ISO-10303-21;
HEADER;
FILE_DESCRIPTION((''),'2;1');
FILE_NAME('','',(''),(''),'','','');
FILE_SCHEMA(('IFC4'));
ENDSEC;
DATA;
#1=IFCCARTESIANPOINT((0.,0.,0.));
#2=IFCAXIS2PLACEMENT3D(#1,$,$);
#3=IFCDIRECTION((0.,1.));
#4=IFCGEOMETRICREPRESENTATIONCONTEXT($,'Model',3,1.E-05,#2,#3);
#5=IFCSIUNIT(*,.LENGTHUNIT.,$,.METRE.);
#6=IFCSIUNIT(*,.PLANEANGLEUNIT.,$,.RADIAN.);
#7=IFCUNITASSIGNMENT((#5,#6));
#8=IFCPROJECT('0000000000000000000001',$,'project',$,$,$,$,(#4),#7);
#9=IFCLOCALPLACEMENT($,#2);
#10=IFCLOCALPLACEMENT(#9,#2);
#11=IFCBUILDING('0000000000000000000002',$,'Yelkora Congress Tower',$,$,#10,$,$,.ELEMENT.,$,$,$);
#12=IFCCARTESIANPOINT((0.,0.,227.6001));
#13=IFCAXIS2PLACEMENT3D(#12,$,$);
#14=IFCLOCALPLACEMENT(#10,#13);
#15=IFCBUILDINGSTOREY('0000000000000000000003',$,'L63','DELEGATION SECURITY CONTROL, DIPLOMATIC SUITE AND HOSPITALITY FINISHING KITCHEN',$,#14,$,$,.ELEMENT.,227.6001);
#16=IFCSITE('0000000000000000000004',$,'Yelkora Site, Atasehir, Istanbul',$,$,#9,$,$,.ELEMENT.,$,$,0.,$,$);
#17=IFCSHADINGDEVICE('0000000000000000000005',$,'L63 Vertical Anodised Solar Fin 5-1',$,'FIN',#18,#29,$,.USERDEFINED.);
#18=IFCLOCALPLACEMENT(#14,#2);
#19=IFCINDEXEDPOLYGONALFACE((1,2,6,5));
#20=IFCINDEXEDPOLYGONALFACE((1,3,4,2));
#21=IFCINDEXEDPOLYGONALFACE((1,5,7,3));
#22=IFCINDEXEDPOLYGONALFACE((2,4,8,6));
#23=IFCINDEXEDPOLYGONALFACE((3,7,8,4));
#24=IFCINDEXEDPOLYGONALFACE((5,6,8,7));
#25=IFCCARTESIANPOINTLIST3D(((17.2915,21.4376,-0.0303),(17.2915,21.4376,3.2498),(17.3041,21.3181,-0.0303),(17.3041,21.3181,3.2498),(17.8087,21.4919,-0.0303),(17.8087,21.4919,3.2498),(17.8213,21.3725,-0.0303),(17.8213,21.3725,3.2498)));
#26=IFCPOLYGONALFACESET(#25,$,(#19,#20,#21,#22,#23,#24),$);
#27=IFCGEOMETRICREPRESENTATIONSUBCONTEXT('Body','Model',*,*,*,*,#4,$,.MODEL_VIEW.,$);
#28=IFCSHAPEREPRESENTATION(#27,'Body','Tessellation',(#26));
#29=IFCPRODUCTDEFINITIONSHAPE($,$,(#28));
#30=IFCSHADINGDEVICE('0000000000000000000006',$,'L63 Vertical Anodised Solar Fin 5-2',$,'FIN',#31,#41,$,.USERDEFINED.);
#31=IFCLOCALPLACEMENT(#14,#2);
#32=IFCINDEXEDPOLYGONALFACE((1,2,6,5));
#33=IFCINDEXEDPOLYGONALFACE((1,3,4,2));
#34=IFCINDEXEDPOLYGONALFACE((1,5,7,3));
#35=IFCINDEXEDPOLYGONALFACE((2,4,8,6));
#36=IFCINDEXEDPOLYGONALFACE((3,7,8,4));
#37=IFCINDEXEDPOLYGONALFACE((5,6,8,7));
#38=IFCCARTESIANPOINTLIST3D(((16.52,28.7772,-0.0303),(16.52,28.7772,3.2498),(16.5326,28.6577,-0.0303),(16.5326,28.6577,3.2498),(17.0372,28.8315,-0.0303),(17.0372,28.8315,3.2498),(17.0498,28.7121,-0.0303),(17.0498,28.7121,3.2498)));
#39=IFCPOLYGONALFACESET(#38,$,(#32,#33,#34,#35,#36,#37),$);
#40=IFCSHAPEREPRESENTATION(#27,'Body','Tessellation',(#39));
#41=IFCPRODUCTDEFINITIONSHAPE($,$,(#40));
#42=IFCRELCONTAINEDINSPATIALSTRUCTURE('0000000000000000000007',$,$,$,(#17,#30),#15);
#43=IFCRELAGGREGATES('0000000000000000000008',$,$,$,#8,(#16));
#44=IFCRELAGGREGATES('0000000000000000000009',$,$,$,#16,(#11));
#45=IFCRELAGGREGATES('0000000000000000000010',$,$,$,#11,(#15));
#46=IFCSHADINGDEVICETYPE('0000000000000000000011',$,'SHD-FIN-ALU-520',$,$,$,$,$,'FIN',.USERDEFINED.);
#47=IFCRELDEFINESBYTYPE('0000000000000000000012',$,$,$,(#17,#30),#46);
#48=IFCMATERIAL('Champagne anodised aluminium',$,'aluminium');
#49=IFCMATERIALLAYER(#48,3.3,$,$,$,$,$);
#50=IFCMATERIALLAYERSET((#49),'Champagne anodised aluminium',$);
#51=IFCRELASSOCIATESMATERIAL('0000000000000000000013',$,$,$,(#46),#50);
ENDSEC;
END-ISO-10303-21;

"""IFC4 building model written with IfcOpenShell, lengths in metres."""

from ifc_helpers import new_model, si_unit, direction, frame, origin, origin_2d, place, context, subcontext, project, spatial, rectangle, extrude, material, layer, layer_set, type_object, element, save


model = new_model("IFC4")

# Units and contexts
model_context = context("Model", 3, precision=1e-05, world=origin(), true_north=direction((0.0, 1.0)))
body_context = subcontext(model_context, "Body", "Model", "MODEL_VIEW")
ifc_project = project(units=[si_unit("LENGTHUNIT", "METRE"), si_unit("PLANEANGLEUNIT", "RADIAN")], contexts=[model_context])

# Site, building, storey
site_placement = place(None, origin())
site = spatial("IfcSite", under=ifc_project, at=site_placement, Name="Yelkora Site, Atasehir, Istanbul", CompositionType="ELEMENT", RefElevation=0.0)
building_placement = place(site_placement, origin())
building = spatial("IfcBuilding", under=site, at=building_placement, Name="Yelkora Congress Tower", CompositionType="ELEMENT")
storey_placement = place(building_placement, frame((0.0, 0.0, 227.6001)))
storey = spatial("IfcBuildingStorey", under=building, at=storey_placement, Name="L63", Description="DELEGATION SECURITY CONTROL, DIPLOMATIC SUITE AND HOSPITALITY FINISHING KITCHEN", CompositionType="ELEMENT", Elevation=227.6001)

# Shading devices
ifc_material_1 = material(Name="Champagne anodised aluminium", Category="aluminium")
ifc_layer_1 = layer(ifc_material_1, 3.3)
ifc_layer_set_1 = layer_set([ifc_layer_1], Name="Champagne anodised aluminium")
shading_device_type = type_object("IfcShadingDeviceType", Name="SHD-FIN-ALU-520", ElementType="FIN", PredefinedType="USERDEFINED", material=ifc_layer_set_1)
for number, where, z_axis, x_axis, name in (
    (1, (17.5564, 21.405, -0.0303), (0.0, 0.0, 1.0), (-0.104528, 0.994522, 0.0), "L63 Vertical Anodised Solar Fin 5-1"),
    (2, (16.7849, 28.7446, -0.0303), (0.0, 0.0, 1.0), (-0.104528, 0.994522, 0.0), "L63 Vertical Anodised Solar Fin 5-2"),
):
    element("IfcShadingDevice", number, at=place(storey_placement, frame(where, z_axis=z_axis, x_axis=x_axis)), inside=storey, type_object=shading_device_type, Name=name, ObjectType="FIN", PredefinedType="USERDEFINED", context=body_context, shape_type="SweptSolid", body=[
        extrude(rectangle(XDim=0.1201, YDim=0.52, at=origin_2d()), origin(), (0.0, 0.0, 1.0), 3.28),
    ])

save(model, "model.ifc")
